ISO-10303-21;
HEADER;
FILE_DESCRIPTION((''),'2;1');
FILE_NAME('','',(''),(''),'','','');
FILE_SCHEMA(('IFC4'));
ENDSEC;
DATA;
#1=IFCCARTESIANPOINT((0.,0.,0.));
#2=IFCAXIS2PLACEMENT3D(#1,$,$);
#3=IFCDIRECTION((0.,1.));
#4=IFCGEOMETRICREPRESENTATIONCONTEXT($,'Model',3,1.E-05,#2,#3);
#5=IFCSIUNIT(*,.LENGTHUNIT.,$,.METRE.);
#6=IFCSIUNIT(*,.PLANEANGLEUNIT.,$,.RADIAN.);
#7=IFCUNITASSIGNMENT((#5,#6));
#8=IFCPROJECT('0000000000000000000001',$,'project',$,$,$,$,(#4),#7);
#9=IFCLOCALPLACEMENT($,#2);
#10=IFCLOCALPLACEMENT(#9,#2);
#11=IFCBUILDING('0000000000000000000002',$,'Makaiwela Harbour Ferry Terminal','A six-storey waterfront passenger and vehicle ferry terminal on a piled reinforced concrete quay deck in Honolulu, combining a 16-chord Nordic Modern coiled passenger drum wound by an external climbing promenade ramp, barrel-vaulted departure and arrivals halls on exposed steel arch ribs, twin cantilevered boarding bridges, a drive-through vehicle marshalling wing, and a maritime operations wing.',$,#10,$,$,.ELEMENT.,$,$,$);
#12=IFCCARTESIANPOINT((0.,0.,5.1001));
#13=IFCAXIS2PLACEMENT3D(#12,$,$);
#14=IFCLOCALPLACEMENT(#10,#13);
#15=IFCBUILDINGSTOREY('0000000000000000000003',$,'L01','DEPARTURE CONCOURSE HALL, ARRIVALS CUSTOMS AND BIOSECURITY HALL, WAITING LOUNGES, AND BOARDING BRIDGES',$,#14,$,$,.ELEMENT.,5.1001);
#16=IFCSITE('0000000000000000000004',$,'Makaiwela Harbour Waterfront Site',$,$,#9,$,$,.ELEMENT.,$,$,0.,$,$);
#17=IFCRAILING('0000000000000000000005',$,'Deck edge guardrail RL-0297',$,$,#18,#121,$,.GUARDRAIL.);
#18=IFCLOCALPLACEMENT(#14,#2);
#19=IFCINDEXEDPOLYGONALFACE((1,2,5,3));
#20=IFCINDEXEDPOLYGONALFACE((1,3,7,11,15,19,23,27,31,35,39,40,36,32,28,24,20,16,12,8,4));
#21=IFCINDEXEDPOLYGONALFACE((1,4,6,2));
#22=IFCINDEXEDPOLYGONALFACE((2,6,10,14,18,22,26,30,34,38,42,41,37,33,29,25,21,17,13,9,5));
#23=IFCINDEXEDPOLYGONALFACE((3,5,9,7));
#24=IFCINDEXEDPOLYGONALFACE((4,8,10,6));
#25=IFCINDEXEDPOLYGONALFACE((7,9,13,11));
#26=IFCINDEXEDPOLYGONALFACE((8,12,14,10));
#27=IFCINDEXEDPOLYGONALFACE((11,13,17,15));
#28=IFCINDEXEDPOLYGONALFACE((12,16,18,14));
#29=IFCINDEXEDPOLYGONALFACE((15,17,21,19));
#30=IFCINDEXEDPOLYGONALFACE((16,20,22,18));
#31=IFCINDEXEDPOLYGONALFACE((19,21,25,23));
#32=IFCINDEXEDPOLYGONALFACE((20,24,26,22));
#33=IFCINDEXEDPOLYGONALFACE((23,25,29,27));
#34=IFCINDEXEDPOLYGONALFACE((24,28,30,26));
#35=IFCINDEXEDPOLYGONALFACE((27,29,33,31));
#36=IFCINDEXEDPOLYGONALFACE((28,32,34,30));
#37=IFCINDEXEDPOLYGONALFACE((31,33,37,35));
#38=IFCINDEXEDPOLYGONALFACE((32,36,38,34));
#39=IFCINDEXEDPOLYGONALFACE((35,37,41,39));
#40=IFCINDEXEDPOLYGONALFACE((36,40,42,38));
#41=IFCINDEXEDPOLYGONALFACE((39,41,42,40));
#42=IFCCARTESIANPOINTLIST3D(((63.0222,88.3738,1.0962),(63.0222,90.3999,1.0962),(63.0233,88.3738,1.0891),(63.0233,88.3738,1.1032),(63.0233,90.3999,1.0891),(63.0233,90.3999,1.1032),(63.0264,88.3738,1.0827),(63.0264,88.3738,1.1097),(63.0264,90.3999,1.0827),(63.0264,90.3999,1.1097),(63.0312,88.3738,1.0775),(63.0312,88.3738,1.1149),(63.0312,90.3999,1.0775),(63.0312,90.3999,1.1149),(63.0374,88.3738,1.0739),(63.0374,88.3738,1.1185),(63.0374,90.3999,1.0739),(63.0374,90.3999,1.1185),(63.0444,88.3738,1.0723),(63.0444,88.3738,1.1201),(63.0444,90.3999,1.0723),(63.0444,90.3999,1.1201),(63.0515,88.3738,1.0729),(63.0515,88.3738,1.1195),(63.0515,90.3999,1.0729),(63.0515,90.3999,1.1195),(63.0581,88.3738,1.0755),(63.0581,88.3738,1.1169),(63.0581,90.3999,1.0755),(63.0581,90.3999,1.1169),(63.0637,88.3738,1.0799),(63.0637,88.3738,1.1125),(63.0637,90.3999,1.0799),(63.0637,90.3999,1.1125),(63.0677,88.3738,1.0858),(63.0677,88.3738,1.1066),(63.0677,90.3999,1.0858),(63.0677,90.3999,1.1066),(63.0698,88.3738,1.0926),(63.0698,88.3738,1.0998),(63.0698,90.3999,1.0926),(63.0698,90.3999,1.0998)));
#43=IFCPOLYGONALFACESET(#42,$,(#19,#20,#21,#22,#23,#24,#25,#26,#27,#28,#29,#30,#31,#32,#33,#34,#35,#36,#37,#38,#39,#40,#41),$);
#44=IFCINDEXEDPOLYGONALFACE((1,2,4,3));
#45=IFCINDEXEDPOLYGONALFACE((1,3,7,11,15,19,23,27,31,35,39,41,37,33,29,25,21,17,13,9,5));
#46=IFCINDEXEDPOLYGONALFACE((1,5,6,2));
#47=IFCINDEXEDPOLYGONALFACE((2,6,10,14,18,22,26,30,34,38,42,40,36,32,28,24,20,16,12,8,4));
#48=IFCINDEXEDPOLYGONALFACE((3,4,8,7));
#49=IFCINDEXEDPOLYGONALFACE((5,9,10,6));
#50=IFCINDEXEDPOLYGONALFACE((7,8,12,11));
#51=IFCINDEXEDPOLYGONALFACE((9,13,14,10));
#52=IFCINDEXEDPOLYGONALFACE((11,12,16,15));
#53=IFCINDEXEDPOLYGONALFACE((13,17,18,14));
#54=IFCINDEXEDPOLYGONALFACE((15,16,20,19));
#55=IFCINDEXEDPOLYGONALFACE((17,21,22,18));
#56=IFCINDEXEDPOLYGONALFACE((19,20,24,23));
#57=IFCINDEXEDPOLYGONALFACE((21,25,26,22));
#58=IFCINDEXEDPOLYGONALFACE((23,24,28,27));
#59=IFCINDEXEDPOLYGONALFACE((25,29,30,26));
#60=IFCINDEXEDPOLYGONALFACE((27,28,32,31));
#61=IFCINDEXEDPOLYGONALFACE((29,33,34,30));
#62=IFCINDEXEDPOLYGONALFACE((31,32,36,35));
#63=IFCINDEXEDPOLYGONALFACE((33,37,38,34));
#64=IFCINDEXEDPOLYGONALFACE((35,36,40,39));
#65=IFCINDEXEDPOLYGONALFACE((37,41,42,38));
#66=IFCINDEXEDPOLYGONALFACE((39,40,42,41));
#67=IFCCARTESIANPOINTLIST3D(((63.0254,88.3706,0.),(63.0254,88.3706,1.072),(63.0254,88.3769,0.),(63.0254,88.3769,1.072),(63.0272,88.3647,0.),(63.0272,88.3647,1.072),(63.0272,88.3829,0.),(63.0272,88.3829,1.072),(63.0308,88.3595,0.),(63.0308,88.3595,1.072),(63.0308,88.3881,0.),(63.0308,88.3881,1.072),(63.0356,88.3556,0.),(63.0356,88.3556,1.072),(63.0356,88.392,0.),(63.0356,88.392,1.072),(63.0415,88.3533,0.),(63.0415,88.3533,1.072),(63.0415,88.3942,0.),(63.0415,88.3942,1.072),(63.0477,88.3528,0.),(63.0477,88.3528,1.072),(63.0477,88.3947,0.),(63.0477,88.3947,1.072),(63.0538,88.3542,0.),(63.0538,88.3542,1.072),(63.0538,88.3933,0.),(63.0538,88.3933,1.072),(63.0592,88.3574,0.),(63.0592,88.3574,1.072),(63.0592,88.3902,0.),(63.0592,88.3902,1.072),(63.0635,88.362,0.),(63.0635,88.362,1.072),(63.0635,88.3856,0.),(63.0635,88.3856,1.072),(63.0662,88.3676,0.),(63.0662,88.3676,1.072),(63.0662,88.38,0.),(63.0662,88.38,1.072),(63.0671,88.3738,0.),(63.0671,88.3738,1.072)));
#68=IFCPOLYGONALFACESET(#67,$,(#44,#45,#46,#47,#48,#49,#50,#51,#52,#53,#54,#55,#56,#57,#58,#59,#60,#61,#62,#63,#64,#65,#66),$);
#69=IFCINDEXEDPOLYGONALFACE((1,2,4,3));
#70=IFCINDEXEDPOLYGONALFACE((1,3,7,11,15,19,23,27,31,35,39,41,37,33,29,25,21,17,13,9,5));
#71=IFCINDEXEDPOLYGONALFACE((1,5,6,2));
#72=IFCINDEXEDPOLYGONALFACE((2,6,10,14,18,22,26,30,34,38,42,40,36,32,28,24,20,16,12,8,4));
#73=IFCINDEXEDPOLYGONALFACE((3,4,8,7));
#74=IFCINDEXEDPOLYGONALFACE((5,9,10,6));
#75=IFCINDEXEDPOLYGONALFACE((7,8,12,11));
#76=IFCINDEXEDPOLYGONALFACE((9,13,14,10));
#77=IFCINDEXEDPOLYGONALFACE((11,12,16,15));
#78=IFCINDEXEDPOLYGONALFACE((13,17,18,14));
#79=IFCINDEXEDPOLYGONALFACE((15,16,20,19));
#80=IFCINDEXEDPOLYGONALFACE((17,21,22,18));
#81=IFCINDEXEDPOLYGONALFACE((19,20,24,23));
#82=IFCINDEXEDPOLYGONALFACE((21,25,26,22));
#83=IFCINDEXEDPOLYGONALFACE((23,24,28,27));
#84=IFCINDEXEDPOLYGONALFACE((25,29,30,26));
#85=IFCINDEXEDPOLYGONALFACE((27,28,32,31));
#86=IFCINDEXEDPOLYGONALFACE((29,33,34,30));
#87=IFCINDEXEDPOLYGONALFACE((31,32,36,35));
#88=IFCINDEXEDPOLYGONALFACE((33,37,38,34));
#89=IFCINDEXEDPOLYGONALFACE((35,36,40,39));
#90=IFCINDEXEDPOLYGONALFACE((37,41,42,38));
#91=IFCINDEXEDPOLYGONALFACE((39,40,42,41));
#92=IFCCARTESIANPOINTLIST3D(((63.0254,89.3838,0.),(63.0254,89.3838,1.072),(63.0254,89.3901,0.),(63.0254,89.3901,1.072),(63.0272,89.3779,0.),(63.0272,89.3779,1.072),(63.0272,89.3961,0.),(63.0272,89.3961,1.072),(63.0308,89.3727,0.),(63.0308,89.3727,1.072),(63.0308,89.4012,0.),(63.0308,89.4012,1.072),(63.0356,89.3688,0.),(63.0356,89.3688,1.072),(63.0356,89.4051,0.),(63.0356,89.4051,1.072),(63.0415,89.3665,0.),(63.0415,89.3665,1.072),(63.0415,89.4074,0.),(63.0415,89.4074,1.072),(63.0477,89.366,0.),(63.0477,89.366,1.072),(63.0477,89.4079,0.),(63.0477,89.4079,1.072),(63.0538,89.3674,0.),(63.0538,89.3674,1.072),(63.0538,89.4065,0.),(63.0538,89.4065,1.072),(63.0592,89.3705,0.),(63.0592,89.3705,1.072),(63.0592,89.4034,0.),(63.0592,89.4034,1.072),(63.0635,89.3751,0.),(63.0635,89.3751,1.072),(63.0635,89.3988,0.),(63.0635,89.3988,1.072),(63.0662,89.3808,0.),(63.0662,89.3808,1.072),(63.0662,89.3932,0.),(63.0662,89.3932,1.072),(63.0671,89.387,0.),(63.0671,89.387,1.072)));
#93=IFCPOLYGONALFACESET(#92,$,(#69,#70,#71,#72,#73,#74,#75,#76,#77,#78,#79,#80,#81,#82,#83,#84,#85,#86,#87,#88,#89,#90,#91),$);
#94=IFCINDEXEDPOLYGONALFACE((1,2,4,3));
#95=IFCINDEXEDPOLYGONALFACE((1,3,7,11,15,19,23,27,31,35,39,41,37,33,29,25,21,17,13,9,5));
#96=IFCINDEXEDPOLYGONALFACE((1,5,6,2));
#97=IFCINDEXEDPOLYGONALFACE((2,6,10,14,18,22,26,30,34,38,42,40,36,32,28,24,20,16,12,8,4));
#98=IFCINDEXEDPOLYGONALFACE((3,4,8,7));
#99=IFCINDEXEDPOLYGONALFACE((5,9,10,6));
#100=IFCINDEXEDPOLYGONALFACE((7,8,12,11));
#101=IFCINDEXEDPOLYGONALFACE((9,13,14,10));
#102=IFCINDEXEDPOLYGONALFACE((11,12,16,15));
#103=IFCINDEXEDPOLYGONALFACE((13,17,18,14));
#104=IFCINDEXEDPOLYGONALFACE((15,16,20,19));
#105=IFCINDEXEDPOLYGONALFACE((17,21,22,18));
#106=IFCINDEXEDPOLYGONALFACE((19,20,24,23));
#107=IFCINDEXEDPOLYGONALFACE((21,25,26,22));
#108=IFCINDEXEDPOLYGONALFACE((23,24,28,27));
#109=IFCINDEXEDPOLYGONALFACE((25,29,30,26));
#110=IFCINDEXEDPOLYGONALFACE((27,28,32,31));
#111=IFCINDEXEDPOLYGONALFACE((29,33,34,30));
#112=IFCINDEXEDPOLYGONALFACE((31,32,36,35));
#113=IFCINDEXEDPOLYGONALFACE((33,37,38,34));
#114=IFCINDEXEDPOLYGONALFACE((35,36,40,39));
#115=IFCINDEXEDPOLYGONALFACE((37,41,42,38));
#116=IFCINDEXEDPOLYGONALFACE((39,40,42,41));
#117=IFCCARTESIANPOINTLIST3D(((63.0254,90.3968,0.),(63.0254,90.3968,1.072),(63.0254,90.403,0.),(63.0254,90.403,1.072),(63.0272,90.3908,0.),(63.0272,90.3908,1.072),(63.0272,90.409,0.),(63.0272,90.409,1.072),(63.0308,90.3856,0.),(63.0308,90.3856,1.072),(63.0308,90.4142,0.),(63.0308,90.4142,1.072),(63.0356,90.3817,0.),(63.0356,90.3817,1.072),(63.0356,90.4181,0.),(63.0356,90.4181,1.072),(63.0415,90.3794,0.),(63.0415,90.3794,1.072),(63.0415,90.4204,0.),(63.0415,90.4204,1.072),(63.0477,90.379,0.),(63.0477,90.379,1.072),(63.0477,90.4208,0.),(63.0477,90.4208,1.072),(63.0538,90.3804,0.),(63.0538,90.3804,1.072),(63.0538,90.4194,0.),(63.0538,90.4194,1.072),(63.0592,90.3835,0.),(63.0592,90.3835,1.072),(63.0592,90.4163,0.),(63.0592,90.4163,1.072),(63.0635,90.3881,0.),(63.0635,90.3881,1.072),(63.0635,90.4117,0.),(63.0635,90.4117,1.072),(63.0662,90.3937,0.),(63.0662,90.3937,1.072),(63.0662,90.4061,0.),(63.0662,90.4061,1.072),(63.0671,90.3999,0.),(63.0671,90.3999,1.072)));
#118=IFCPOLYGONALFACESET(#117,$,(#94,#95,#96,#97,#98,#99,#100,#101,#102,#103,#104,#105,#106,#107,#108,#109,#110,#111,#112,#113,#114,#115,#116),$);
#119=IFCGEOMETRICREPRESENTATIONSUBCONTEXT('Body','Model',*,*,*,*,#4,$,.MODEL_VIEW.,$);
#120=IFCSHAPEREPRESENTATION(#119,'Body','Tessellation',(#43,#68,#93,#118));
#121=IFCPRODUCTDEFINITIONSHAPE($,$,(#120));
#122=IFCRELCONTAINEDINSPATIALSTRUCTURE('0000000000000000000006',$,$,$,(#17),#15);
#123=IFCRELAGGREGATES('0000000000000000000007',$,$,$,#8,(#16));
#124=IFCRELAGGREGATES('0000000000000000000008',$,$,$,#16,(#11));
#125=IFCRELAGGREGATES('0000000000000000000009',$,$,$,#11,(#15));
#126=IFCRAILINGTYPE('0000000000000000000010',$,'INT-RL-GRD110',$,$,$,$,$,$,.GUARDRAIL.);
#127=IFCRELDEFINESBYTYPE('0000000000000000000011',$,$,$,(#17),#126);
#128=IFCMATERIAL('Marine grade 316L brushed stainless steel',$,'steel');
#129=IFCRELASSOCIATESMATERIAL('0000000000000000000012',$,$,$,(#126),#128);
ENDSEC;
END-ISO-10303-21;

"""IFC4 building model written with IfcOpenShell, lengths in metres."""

from ifc_helpers import new_model, si_unit, direction, frame, origin, origin_2d, place, context, subcontext, project, spatial, circle, extrude, material, type_object, element, save


model = new_model("IFC4")

# Units and contexts
model_context = context("Model", 3, precision=1e-05, world=origin(), true_north=direction((0.0, 1.0)))
body_context = subcontext(model_context, "Body", "Model", "MODEL_VIEW")
ifc_project = project(units=[si_unit("LENGTHUNIT", "METRE"), si_unit("PLANEANGLEUNIT", "RADIAN")], contexts=[model_context])

# Site, building, storey
site_placement = place(None, origin())
site = spatial("IfcSite", under=ifc_project, at=site_placement, Name="Makaiwela Harbour Waterfront Site", CompositionType="ELEMENT", RefElevation=0.0)
building_placement = place(site_placement, origin())
building = spatial("IfcBuilding", under=site, at=building_placement, Name="Makaiwela Harbour Ferry Terminal", Description="A six-storey waterfront passenger and vehicle ferry terminal on a piled reinforced concrete quay deck in Honolulu, combining a 16-chord Nordic Modern coiled passenger drum wound by an external climbing promenade ramp, barrel-vaulted departure and arrivals halls on exposed steel arch ribs, twin cantilevered boarding bridges, a drive-through vehicle marshalling wing, and a maritime operations wing.", CompositionType="ELEMENT")
storey_placement = place(building_placement, frame((0.0, 0.0, 5.1001)))
storey = spatial("IfcBuildingStorey", under=building, at=storey_placement, Name="L01", Description="DEPARTURE CONCOURSE HALL, ARRIVALS CUSTOMS AND BIOSECURITY HALL, WAITING LOUNGES, AND BOARDING BRIDGES", CompositionType="ELEMENT", Elevation=5.1001)

# Railing
ifc_material_1 = material(Name="Marine grade 316L brushed stainless steel", Category="steel")
railing_type = type_object("IfcRailingType", Name="INT-RL-GRD110", PredefinedType="GUARDRAIL", material=ifc_material_1)
railing_1_placement = place(storey_placement, frame((63.0461, 88.3738, 0.0)))
element("IfcRailing", 1, at=railing_1_placement, inside=storey, type_object=railing_type, Name="Deck edge guardrail RL-0297", PredefinedType="GUARDRAIL", context=body_context, shape_type="SweptSolid", body=[
    extrude(circle(Radius=0.0239, at=origin_2d()), frame((0.0, 0.0, 1.0962), z_axis=(0.0, 1.0, 0.0), x_axis=(-1.0, 0.0, 0.0)), (0.0, 0.0, 1.0), 2.0261),
    extrude(circle(Radius=0.021, at=origin_2d()), origin(), (0.0, 0.0, 1.0), 1.072),
    extrude(circle(Radius=0.021, at=origin_2d()), frame((0.0, 1.0132, 0.0)), (0.0, 0.0, 1.0), 1.072),
    extrude(circle(Radius=0.021, at=origin_2d()), frame((0.0, 2.0261, 0.0)), (0.0, 0.0, 1.0), 1.072),
])

save(model, "model.ifc")
